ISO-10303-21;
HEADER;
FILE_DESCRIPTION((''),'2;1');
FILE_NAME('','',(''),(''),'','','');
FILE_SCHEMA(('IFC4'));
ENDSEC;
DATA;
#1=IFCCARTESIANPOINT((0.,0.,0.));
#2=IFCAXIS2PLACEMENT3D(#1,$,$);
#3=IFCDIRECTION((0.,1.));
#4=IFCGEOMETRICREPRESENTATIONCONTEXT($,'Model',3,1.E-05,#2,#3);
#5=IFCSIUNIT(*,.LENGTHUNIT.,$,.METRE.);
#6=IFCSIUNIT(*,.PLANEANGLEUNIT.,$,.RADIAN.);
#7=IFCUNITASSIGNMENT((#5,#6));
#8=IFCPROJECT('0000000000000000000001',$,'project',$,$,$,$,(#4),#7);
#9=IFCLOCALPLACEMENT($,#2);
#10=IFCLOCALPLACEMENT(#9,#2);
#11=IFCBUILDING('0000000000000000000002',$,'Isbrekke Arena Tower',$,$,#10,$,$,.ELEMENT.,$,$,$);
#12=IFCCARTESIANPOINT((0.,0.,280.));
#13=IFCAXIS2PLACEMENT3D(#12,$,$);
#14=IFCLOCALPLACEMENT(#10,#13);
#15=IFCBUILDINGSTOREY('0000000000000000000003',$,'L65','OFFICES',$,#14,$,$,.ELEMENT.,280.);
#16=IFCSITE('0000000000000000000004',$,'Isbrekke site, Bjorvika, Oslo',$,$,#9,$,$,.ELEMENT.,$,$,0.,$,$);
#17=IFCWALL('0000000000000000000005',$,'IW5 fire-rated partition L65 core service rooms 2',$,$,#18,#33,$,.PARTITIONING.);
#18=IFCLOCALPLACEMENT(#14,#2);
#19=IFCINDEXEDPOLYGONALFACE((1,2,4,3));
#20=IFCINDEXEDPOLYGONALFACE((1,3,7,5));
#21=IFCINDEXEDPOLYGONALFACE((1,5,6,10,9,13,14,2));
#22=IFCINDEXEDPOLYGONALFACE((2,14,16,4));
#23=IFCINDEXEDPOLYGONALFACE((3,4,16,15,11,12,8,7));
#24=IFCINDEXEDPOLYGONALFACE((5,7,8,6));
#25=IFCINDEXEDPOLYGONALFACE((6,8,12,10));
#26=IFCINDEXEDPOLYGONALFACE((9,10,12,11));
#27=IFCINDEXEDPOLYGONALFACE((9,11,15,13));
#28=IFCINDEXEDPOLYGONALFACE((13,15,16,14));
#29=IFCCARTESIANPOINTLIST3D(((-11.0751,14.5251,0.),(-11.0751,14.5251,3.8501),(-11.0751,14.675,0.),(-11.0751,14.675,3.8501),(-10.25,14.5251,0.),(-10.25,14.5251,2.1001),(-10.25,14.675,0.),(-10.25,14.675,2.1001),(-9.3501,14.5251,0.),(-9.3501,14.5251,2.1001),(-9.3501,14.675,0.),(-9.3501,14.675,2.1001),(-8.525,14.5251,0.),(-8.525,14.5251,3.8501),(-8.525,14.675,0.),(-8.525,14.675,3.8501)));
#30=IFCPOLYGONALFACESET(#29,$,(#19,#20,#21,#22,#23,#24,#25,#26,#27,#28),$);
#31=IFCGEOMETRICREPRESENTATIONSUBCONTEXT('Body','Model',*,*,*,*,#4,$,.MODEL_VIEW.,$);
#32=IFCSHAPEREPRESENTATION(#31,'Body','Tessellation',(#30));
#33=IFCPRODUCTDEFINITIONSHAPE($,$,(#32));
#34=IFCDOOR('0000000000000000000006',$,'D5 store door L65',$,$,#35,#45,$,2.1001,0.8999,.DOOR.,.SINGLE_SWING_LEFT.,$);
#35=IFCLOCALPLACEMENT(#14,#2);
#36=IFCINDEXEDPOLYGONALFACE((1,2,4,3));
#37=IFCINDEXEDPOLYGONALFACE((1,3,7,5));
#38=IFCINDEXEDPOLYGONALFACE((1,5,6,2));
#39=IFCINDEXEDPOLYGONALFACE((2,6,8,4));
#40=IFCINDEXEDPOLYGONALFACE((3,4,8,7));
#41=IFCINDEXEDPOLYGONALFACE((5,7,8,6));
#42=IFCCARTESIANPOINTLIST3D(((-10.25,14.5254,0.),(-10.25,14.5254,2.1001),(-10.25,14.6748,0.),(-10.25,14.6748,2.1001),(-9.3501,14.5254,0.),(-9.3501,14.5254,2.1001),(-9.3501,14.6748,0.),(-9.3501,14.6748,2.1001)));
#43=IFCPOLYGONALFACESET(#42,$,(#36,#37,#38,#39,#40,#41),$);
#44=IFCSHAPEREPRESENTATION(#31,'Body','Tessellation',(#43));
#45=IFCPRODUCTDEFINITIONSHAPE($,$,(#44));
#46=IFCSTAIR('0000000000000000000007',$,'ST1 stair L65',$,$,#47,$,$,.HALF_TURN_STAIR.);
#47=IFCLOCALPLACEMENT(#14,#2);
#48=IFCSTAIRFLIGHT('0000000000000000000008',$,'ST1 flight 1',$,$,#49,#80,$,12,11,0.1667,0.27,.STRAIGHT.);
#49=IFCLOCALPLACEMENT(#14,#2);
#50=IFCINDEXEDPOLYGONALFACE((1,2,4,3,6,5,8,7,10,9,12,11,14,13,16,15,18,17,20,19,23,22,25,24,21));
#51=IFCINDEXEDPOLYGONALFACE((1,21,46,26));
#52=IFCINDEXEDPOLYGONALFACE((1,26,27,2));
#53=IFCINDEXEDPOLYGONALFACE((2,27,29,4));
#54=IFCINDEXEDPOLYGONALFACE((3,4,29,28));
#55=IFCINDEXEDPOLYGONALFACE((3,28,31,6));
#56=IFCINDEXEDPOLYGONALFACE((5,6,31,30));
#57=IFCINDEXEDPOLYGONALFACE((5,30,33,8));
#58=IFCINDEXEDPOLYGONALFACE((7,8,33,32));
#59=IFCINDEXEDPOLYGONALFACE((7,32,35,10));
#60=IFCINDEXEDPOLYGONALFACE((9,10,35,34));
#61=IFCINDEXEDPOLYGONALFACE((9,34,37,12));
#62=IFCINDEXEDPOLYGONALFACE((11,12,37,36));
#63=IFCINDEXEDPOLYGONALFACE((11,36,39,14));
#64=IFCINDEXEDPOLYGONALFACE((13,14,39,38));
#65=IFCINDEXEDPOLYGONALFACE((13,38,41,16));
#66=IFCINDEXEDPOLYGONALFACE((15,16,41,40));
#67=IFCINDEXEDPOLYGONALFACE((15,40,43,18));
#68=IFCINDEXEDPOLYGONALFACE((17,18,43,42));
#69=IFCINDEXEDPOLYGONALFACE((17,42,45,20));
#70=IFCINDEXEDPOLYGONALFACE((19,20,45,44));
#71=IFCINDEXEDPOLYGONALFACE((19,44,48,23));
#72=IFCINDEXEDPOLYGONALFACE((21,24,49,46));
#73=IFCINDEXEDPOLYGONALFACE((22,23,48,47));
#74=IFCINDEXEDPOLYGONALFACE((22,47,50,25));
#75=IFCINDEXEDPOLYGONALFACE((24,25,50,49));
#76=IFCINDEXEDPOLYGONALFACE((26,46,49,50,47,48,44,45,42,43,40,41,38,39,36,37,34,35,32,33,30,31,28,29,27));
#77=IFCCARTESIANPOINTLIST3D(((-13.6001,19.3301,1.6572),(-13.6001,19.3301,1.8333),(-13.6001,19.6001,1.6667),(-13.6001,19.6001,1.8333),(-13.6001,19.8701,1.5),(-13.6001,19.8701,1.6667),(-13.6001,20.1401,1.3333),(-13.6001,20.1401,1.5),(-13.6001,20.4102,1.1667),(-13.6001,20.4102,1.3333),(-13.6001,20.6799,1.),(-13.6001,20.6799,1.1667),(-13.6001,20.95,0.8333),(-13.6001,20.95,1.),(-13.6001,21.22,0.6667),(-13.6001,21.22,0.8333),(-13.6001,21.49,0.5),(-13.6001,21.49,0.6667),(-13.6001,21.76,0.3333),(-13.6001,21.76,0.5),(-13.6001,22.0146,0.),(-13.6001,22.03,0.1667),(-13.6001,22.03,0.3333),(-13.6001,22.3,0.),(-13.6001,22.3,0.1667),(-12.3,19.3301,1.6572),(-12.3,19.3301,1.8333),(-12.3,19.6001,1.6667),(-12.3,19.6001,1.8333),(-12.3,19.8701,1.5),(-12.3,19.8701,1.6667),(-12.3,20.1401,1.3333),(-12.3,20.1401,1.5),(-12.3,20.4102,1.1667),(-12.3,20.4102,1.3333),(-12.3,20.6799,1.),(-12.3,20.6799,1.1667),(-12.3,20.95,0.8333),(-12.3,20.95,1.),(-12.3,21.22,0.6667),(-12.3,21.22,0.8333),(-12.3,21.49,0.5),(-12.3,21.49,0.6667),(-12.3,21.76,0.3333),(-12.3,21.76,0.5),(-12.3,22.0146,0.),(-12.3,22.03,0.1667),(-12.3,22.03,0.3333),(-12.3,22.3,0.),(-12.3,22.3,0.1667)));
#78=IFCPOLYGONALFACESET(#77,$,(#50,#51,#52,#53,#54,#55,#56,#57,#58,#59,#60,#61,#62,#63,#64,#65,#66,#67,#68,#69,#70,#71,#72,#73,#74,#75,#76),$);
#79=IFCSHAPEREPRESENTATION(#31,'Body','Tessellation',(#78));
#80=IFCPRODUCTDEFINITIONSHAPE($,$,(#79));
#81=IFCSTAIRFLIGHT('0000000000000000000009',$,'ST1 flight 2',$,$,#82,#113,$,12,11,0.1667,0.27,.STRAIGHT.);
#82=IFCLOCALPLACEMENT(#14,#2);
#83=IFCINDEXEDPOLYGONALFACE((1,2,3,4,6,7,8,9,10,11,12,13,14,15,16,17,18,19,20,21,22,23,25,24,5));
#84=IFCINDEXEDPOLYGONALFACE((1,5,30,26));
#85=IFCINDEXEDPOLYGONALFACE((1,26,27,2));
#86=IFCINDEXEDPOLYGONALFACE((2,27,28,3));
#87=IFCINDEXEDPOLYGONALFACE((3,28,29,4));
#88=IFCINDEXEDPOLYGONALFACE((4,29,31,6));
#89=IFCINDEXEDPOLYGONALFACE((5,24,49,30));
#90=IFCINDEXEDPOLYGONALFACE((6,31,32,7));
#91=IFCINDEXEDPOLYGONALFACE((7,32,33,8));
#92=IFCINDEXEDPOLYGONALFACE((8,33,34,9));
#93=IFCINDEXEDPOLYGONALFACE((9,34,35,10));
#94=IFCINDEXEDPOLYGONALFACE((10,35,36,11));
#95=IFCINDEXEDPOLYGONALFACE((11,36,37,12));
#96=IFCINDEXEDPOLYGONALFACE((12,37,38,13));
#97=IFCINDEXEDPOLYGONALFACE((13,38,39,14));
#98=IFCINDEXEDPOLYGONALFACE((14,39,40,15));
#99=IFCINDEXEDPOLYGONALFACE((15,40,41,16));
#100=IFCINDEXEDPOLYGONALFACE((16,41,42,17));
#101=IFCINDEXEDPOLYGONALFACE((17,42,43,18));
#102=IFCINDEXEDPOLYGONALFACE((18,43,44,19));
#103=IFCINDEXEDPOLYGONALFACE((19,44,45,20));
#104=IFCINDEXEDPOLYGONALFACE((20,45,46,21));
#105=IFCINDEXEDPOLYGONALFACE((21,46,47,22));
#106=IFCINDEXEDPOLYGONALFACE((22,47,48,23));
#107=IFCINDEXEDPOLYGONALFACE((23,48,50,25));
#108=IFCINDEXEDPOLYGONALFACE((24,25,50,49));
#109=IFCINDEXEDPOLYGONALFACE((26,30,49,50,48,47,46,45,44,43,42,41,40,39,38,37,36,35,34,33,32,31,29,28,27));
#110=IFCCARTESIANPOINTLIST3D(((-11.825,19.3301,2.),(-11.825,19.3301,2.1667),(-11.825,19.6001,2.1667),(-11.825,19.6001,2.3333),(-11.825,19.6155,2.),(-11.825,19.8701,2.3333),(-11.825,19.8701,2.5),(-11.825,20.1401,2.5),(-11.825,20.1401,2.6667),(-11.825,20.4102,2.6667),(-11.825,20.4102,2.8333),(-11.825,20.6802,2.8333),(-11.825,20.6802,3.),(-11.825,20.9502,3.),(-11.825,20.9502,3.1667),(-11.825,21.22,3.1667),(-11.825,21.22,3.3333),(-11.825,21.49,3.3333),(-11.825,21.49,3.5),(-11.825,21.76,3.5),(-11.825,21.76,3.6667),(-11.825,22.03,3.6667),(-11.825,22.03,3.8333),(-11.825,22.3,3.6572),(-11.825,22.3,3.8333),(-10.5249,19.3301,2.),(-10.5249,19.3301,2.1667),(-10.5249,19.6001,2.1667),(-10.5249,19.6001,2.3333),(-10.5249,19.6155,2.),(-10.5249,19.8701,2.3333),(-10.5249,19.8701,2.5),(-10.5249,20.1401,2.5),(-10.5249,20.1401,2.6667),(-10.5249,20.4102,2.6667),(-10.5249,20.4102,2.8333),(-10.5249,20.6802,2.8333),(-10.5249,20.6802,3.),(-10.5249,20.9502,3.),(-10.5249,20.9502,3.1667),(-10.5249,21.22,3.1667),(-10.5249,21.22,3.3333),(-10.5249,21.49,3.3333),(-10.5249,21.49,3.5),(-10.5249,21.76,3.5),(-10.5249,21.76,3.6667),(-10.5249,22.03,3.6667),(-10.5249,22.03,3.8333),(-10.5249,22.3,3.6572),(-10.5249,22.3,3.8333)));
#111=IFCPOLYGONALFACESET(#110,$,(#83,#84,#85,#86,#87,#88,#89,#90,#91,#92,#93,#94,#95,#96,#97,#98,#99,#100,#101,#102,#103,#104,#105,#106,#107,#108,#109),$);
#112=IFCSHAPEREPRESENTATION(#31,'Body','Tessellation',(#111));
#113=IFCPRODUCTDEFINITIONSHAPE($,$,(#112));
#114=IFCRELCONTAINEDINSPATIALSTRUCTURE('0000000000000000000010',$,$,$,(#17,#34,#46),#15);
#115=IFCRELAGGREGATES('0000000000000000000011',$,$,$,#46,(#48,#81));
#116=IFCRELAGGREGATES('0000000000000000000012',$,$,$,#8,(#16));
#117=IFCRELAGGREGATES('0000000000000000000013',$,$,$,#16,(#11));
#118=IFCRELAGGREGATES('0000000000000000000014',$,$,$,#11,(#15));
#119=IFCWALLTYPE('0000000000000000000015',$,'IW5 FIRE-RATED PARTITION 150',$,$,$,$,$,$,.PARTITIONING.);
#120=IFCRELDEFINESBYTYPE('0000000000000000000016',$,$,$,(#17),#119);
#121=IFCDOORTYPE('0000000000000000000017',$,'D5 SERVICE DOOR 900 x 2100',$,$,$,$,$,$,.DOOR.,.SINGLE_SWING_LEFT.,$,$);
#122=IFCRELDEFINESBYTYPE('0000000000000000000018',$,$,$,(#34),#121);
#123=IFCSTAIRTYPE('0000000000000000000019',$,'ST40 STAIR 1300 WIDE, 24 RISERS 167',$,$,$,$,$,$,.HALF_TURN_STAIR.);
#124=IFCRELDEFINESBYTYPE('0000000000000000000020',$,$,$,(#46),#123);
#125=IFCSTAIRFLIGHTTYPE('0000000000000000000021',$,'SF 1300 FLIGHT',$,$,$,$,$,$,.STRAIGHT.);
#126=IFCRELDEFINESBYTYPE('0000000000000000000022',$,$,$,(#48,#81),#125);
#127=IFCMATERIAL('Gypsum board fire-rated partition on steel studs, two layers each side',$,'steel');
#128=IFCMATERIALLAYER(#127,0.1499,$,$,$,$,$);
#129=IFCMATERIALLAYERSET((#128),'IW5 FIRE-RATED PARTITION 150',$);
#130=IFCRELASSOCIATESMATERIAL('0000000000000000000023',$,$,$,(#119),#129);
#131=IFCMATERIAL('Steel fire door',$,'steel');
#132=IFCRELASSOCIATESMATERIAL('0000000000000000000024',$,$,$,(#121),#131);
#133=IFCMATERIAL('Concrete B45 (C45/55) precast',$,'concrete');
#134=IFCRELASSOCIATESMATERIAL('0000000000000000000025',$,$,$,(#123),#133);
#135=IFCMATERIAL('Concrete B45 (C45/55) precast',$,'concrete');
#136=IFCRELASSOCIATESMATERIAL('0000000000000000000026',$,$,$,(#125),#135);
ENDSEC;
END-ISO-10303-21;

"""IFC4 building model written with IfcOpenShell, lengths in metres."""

from ifc_helpers import new_model, si_unit, direction, frame, frame_2d, origin, place, context, subcontext, project, spatial, polyline, rectangle, outline, extrude, material, layer, layer_set, type_object, element, fill, aggregate, save


model = new_model("IFC4")

# Units and contexts
model_context = context("Model", 3, precision=1e-05, world=origin(), true_north=direction((0.0, 1.0)))
body_context = subcontext(model_context, "Body", "Model", "MODEL_VIEW")
ifc_project = project(units=[si_unit("LENGTHUNIT", "METRE"), si_unit("PLANEANGLEUNIT", "RADIAN")], contexts=[model_context])

# Site, building, storey
site_placement = place(None, origin())
site = spatial("IfcSite", under=ifc_project, at=site_placement, Name="Isbrekke site, Bjorvika, Oslo", CompositionType="ELEMENT", RefElevation=0.0)
building_placement = place(site_placement, origin())
building = spatial("IfcBuilding", under=site, at=building_placement, Name="Isbrekke Arena Tower", CompositionType="ELEMENT")
storey_placement = place(building_placement, frame((0.0, 0.0, 280.0)))
storey = spatial("IfcBuildingStorey", under=building, at=storey_placement, Name="L65", Description="OFFICES", CompositionType="ELEMENT", Elevation=280.0)

# Wall, opening, door
ifc_material_1 = material(Name="Gypsum board fire-rated partition on steel studs, two layers each side", Category="steel")
ifc_layer_1 = layer(ifc_material_1, 0.1499)
ifc_layer_set_1 = layer_set([ifc_layer_1], Name="IW5 FIRE-RATED PARTITION 150")
wall_type_1 = type_object("IfcWallType", Name="IW5 FIRE-RATED PARTITION 150", PredefinedType="PARTITIONING", material=ifc_layer_set_1)
wall_1_placement = place(storey_placement, frame((-11.075, 14.6001, 0.0), z_axis=(0.0, 0.0, 1.0), x_axis=(1.0, 0.0, 0.0)))
wall_1 = element("IfcWall", 1, at=wall_1_placement, inside=storey, type_object=wall_type_1, Name="IW5 fire-rated partition L65 core service rooms 2", PredefinedType="PARTITIONING", context=body_context, shape_type="SweptSolid", body=[
    extrude(rectangle(XDim=2.55, YDim=0.1499, at=frame_2d((1.2749, 0.0))), origin(), (0.0, 0.0, 1.0), 3.8501),
])
opening_1_placement = place(wall_1_placement, frame((0.825, 0.0, 0.0)))
opening_1 = element("IfcOpeningElement", 2, at=opening_1_placement, cuts=wall_1, PredefinedType="OPENING", context=body_context, shape_type="SweptSolid", body=[
    extrude(rectangle(XDim=0.8999, YDim=2.1001, at=frame_2d((0.45, 1.05))), frame((0.0, 0.0898, 0.0), z_axis=(0.0, -1.0, 0.0), x_axis=(1.0, 0.0, 0.0)), (0.0, 0.0, 1.0), 0.1797),
])
ifc_material_2 = material(Name="Steel fire door", Category="steel")
door_type_1 = type_object("IfcDoorType", Name="D5 SERVICE DOOR 900 x 2100", OperationType="SINGLE_SWING_LEFT", PredefinedType="DOOR", material=ifc_material_2)
door_1_placement = place(opening_1_placement, origin())
door_1 = element("IfcDoor", 3, at=door_1_placement, inside=storey, type_object=door_type_1, Name="D5 store door L65", OperationType="SINGLE_SWING_LEFT", OverallHeight=2.1001, OverallWidth=0.8999, PredefinedType="DOOR", context=body_context, shape_type="SweptSolid", body=[
    extrude(rectangle(XDim=0.8999, YDim=2.1001, at=frame_2d((0.45, 1.05))), frame((0.0, 0.0747, 0.0), z_axis=(0.0, -1.0, 0.0), x_axis=(1.0, 0.0, 0.0)), (0.0, 0.0, 1.0), 0.1494),
])
fill(opening_1, door_1)

# Stair, stair flights
ifc_material_3 = material(Name="Concrete B45 (C45/55) precast", Category="concrete")
stair_type = type_object("IfcStairType", Name="ST40 STAIR 1300 WIDE, 24 RISERS 167", PredefinedType="HALF_TURN_STAIR", material=ifc_material_3)
stair_placement = place(storey_placement, origin())
stair = element("IfcStair", 4, at=stair_placement, inside=storey, type_object=stair_type, Name="ST1 stair L65", PredefinedType="HALF_TURN_STAIR")
ifc_material_4 = material(Name="Concrete B45 (C45/55) precast", Category="concrete")
stair_flight_type = type_object("IfcStairFlightType", Name="SF 1300 FLIGHT", PredefinedType="STRAIGHT", material=ifc_material_4)
stair_flight_1_placement = place(storey_placement, frame((-12.95, 22.3, 0.0), z_axis=(0.0, 0.0, 1.0), x_axis=(0.0, -1.0, 0.0)))
stair_flight_1 = element("IfcStairFlight", 5, at=stair_flight_1_placement, type_object=stair_flight_type, Name="ST1 flight 1", NumberOfRisers=12, NumberOfTreads=11, PredefinedType="STRAIGHT", RiserHeight=0.1667, TreadLength=0.27, context=body_context, shape_type="SweptSolid", body=[
    extrude(outline(polyline([(0.0, 0.0), (0.0, 0.1667), (0.27, 0.1667), (0.27, 0.3333), (0.54, 0.3333), (0.54, 0.5), (0.8101, 0.5), (0.8101, 0.6667), (1.0801, 0.6667), (1.0801, 0.8333), (1.3501, 0.8333), (1.3501, 1.0), (1.6201, 1.0), (1.6201, 1.1667), (1.8899, 1.1667), (1.8899, 1.3333), (2.1599, 1.3333), (2.1599, 1.5), (2.4299, 1.5), (2.4299, 1.6667), (2.7, 1.6667), (2.7, 1.8333), (2.97, 1.8333), (2.97, 2.0), (2.97, 1.6572), (0.2854, 0.0), (0.0, 0.0)])), frame((0.0, 0.6499, 0.0), z_axis=(0.0, -1.0, 0.0), x_axis=(1.0, 0.0, 0.0)), (0.0, 0.0, 1.0), 1.3),
])
stair_flight_2_placement = place(storey_placement, frame((-11.175, 19.3301, 2.0), z_axis=(0.0, 0.0, 1.0), x_axis=(0.0, 1.0, 0.0)))
stair_flight_2 = element("IfcStairFlight", 6, at=stair_flight_2_placement, type_object=stair_flight_type, Name="ST1 flight 2", NumberOfRisers=12, NumberOfTreads=11, PredefinedType="STRAIGHT", RiserHeight=0.1667, TreadLength=0.27, context=body_context, shape_type="SweptSolid", body=[
    extrude(outline(polyline([(0.0, 0.0), (0.0, 0.1667), (0.27, 0.1667), (0.27, 0.3333), (0.54, 0.3333), (0.54, 0.5), (0.8101, 0.5), (0.8101, 0.6667), (1.0801, 0.6667), (1.0801, 0.8333), (1.3501, 0.8333), (1.3501, 1.0), (1.6201, 1.0), (1.6201, 1.1667), (1.8899, 1.1667), (1.8899, 1.3333), (2.1599, 1.3333), (2.1599, 1.5), (2.4299, 1.5), (2.4299, 1.6667), (2.7, 1.6667), (2.7, 1.8333), (2.97, 1.8333), (2.97, 2.0), (2.97, 1.6572), (0.2854, 0.0), (0.0, 0.0)])), frame((0.0, 0.6499, 0.0), z_axis=(0.0, -1.0, 0.0), x_axis=(1.0, 0.0, 0.0)), (0.0, 0.0, 1.0), 1.3),
])
aggregate(stair, [stair_flight_1, stair_flight_2])

save(model, "model.ifc")
